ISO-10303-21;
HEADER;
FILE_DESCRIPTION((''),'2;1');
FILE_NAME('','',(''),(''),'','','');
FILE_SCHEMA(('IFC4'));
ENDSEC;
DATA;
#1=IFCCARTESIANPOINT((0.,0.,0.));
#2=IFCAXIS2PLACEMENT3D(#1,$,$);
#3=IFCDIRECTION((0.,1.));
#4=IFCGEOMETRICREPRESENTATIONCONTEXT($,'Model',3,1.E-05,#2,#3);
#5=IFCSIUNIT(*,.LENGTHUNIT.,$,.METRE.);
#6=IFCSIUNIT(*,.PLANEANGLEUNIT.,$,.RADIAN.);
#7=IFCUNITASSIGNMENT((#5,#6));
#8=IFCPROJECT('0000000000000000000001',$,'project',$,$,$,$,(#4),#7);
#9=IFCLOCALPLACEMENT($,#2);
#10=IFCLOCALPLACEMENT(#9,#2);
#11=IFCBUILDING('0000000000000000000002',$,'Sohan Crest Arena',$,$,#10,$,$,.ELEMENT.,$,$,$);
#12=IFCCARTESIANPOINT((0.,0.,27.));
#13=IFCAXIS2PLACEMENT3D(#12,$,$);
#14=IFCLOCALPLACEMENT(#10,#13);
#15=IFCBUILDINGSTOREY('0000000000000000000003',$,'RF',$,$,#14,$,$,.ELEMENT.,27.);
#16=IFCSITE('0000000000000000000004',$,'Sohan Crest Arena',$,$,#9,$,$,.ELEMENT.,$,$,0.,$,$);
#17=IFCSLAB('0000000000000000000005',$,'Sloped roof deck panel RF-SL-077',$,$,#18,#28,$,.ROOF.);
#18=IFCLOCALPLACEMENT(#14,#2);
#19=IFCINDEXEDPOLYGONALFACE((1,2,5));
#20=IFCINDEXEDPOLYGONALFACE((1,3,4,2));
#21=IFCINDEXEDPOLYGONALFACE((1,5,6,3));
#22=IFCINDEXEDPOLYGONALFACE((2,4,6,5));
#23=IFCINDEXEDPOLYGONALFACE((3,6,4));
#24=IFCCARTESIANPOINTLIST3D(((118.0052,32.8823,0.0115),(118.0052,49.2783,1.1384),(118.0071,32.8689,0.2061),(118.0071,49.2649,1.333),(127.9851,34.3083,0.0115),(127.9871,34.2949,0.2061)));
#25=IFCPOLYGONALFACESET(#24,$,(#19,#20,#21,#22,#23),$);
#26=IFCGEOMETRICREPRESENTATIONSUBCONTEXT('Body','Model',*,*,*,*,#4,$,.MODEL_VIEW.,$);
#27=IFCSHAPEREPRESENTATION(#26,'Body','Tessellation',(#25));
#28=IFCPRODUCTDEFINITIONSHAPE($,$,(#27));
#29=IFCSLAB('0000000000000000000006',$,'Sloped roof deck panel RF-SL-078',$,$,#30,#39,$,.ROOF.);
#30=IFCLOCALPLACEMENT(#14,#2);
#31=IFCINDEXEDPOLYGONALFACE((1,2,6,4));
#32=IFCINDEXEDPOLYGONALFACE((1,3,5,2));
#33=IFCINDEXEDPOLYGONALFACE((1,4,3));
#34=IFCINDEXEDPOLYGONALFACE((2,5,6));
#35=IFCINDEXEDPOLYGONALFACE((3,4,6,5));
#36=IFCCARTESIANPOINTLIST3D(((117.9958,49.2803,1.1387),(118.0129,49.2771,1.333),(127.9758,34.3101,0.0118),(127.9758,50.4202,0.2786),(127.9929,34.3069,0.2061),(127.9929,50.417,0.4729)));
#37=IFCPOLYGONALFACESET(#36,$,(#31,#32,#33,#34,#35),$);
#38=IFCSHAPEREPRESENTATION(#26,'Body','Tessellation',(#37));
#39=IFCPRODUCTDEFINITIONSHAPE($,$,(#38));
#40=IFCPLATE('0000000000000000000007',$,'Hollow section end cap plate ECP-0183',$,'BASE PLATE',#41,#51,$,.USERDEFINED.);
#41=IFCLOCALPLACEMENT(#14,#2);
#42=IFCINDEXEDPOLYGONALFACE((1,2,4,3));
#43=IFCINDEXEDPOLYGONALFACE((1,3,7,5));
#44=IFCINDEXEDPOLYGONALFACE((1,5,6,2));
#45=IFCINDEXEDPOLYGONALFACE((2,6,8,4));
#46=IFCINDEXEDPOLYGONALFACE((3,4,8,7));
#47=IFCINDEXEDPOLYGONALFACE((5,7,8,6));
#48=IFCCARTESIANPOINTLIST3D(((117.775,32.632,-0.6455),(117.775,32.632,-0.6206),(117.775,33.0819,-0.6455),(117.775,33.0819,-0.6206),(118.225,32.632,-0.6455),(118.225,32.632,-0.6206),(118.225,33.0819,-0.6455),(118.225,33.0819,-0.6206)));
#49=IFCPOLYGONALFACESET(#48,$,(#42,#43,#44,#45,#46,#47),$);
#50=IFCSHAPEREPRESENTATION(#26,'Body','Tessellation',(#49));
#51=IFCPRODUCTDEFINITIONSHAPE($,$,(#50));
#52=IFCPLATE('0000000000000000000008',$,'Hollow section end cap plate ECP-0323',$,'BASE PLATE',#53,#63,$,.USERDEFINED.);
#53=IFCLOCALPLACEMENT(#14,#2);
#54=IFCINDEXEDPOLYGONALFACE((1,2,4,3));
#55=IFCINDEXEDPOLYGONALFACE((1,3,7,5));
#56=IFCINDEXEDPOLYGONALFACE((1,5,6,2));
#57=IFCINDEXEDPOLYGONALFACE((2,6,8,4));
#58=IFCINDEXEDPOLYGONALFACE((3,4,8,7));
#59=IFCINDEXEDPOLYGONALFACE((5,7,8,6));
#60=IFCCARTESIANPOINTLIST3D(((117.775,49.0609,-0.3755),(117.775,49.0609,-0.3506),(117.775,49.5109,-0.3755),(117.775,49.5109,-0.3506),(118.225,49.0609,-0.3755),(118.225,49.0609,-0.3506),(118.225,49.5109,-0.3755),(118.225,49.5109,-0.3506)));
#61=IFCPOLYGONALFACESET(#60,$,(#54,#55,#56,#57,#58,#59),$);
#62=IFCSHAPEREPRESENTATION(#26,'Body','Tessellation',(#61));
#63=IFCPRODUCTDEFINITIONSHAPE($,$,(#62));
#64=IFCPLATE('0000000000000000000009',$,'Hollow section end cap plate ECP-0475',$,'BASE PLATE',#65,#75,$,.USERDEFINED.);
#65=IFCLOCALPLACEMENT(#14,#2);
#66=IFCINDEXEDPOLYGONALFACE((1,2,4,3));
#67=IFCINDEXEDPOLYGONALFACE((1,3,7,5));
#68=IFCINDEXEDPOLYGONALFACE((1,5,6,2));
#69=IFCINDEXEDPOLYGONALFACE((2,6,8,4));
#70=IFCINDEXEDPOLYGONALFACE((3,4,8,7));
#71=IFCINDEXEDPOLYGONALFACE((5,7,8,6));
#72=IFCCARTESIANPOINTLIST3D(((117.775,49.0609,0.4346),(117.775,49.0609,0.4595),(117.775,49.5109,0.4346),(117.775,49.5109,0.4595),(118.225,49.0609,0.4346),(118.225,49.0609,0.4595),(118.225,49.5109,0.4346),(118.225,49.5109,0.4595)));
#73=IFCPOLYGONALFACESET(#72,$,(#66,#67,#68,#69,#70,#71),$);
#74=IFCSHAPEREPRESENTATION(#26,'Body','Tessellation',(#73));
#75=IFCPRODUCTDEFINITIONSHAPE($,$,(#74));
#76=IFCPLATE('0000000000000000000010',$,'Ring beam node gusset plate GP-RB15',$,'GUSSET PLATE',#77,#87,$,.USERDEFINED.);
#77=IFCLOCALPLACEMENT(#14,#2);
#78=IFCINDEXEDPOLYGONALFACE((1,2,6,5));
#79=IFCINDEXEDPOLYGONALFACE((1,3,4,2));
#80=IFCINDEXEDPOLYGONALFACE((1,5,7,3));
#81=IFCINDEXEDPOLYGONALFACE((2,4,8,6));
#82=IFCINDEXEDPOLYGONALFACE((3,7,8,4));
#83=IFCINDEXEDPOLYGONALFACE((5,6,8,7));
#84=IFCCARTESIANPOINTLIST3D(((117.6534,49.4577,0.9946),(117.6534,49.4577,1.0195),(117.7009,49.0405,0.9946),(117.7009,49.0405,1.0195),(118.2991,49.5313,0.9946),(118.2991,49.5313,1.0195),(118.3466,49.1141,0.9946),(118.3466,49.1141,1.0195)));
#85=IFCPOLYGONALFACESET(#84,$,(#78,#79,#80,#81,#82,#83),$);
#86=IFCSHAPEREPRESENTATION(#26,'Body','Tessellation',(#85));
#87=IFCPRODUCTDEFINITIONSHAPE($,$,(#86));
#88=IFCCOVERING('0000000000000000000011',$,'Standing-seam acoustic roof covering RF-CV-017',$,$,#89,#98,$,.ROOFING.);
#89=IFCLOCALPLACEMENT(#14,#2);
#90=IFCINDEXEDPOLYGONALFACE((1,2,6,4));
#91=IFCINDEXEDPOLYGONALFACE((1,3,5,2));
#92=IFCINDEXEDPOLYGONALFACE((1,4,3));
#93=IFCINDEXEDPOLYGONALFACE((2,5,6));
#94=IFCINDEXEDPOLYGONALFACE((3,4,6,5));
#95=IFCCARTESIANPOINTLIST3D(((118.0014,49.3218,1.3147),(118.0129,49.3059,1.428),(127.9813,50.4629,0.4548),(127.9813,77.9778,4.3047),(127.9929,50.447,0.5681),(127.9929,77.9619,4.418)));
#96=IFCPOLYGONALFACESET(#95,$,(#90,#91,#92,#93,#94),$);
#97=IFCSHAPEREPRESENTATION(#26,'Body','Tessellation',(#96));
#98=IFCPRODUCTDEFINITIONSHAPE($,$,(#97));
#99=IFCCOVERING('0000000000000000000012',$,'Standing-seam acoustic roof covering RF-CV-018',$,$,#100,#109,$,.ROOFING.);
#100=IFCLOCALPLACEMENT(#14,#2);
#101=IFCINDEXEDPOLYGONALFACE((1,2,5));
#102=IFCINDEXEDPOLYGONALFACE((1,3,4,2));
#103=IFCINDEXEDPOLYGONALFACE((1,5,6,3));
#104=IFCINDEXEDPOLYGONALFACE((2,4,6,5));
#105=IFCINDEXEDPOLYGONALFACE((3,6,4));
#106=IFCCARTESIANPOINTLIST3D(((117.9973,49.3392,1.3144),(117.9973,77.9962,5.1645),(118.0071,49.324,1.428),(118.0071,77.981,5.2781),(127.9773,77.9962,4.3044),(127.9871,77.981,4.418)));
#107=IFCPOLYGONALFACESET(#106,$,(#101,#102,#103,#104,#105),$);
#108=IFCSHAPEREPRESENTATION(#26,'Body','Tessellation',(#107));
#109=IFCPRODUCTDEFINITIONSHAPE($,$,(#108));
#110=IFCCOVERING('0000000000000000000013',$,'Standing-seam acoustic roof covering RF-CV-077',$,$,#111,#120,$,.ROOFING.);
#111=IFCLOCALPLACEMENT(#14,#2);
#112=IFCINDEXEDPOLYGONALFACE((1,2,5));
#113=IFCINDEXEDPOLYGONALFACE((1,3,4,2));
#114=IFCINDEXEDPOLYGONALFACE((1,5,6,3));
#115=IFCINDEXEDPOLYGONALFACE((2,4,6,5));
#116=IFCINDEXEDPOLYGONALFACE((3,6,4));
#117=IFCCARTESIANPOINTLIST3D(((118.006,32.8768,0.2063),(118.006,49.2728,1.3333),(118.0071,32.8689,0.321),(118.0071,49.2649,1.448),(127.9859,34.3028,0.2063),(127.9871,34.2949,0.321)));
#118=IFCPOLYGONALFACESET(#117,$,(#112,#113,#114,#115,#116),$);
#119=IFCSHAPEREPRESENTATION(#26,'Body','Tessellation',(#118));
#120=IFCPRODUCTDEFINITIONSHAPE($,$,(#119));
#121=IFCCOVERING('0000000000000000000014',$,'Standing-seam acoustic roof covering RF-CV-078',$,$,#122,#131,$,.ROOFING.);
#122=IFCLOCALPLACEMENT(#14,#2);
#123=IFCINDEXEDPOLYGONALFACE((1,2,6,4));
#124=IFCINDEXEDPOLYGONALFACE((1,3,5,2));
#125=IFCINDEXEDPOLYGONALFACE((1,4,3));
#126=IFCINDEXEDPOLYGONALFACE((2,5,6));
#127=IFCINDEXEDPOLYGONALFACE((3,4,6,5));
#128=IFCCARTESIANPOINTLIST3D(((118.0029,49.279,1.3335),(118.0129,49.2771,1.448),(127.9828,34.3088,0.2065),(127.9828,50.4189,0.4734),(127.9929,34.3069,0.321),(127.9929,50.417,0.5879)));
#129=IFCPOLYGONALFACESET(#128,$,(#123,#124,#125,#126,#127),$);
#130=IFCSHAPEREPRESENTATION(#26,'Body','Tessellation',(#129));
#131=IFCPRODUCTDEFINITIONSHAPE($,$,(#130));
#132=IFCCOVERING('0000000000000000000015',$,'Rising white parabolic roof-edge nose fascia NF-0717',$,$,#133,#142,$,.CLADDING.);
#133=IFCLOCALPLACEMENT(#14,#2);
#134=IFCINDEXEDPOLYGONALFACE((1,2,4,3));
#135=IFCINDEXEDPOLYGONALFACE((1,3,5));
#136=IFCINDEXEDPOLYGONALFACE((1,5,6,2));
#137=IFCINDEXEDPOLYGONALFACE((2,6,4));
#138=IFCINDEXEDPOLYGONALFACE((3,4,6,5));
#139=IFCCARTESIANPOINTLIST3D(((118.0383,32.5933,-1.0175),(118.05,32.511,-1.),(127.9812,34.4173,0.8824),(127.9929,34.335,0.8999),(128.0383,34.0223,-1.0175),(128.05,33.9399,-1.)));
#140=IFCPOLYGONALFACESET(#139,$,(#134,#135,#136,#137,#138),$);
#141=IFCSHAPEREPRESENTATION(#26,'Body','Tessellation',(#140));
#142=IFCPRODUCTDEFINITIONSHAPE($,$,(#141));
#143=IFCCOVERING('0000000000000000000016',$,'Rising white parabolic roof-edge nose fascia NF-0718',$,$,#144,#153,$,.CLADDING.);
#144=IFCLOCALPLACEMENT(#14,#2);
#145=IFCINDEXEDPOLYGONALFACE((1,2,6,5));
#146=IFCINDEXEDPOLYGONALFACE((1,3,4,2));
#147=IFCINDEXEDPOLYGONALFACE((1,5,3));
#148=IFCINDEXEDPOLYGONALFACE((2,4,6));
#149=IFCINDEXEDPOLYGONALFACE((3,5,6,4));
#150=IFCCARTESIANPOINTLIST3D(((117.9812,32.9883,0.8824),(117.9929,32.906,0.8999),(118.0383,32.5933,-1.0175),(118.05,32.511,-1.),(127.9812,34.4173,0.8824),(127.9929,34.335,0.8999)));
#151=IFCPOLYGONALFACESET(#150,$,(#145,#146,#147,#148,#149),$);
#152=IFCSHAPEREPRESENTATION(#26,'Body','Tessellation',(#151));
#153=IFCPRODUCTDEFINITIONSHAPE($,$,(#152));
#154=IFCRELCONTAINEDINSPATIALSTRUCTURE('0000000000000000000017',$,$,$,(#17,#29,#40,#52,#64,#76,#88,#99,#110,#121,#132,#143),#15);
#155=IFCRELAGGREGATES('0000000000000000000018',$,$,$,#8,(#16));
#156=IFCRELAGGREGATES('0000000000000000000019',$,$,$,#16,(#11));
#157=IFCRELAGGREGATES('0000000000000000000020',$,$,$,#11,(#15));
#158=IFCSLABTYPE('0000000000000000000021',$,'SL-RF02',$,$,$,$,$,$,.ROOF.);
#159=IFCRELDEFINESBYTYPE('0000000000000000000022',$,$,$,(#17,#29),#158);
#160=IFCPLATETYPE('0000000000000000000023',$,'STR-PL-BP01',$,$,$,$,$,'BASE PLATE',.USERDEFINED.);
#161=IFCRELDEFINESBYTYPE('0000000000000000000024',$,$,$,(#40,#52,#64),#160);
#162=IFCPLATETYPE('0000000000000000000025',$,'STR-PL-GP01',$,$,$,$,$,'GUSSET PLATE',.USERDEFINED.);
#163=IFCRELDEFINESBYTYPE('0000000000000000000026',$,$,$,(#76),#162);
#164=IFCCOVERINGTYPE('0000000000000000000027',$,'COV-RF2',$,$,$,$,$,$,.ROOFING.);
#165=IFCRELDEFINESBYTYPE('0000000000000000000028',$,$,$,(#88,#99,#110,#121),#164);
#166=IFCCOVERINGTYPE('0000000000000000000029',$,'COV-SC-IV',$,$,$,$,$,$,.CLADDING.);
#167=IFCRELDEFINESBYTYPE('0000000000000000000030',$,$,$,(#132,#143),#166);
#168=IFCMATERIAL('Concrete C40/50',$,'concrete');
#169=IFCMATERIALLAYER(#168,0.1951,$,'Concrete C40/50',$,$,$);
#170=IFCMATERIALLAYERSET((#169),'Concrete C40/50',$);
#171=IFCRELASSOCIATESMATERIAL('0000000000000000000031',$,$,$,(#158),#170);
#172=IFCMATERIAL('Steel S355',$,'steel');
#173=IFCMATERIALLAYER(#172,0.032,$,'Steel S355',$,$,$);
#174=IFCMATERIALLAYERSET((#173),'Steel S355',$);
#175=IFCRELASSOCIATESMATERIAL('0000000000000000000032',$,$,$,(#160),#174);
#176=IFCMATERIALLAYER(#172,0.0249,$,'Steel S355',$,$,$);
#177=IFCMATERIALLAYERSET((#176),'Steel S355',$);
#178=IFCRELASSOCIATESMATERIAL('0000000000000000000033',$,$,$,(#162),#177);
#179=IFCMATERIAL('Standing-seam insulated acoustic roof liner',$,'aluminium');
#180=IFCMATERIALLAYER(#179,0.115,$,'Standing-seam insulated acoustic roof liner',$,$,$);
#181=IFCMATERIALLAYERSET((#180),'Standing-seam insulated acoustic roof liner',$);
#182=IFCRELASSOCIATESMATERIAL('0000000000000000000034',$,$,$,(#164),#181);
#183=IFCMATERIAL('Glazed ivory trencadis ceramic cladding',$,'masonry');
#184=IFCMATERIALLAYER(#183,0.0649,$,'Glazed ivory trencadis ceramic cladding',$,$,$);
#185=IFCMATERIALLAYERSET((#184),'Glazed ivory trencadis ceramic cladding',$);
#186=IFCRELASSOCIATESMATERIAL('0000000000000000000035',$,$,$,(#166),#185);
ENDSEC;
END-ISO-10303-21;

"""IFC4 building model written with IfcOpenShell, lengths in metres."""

from ifc_helpers import new_model, si_unit, direction, frame, origin, origin_2d, place, context, subcontext, project, spatial, polyline, rectangle, outline, extrude, material, layer, layer_set, type_object, element, save


model = new_model("IFC4")

# Units and contexts
model_context = context("Model", 3, precision=1e-05, world=origin(), true_north=direction((0.0, 1.0)))
body_context = subcontext(model_context, "Body", "Model", "MODEL_VIEW")
ifc_project = project(units=[si_unit("LENGTHUNIT", "METRE"), si_unit("PLANEANGLEUNIT", "RADIAN")], contexts=[model_context])

# Site, building, storey
site_placement = place(None, origin())
site = spatial("IfcSite", under=ifc_project, at=site_placement, Name="Sohan Crest Arena", CompositionType="ELEMENT", RefElevation=0.0)
building_placement = place(site_placement, origin())
building = spatial("IfcBuilding", under=site, at=building_placement, Name="Sohan Crest Arena", CompositionType="ELEMENT")
storey_placement = place(building_placement, frame((0.0, 0.0, 27.0)))
storey = spatial("IfcBuildingStorey", under=building, at=storey_placement, Name="RF", CompositionType="ELEMENT", Elevation=27.0)

# Shared definitions
ifc_material_1 = material(Name="Concrete C40/50", Category="concrete")

# Shared definitions
ifc_material_2 = material(Name="Steel S355", Category="steel")

# Slabs
ifc_layer_1 = layer(ifc_material_1, 0.1951, Name="Concrete C40/50")
ifc_layer_set_1 = layer_set([ifc_layer_1], Name="Concrete C40/50")
slab_type_1 = type_object("IfcSlabType", Name="SL-RF02", PredefinedType="ROOF", material=ifc_layer_set_1)
slab_1_placement = place(storey_placement, frame((118.0071, 49.2649, 1.333), z_axis=(0.009798, -0.068568, 0.997598), x_axis=(0.0, -0.997646, -0.068572)))
element("IfcSlab", 1, at=slab_1_placement, inside=storey, type_object=slab_type_1, Name="Sloped roof deck panel RF-SL-077", PredefinedType="ROOF", context=body_context, shape_type="SweptSolid", body=[
    extrude(outline(polyline([(0.0, 0.0), (16.4347, 0.0), (15.012, 9.9805), (0.0, 0.0)])), origin(), (0.0, 0.0, -1.0), 0.1951),
])
slab_2_placement = place(storey_placement, frame((118.0129, 49.2771, 1.333), z_axis=(0.087724, -0.016498, 0.996008), x_axis=(0.553609, -0.830427, -0.062514)))
element("IfcSlab", 2, at=slab_2_placement, inside=storey, type_object=slab_type_1, Name="Sloped roof deck panel RF-SL-078", PredefinedType="ROOF", context=body_context, shape_type="SweptSolid", body=[
    extrude(outline(polyline([(0.0, 0.0), (18.0271, 0.0), (4.6322, 8.9544), (0.0, 0.0)])), origin(), (0.0, 0.0, -1.0), 0.1951),
])

# Plates
ifc_layer_2 = layer(ifc_material_2, 0.032, Name="Steel S355")
ifc_layer_set_2 = layer_set([ifc_layer_2], Name="Steel S355")
plate_type_1 = type_object("IfcPlateType", Name="STR-PL-BP01", ElementType="BASE PLATE", PredefinedType="USERDEFINED", material=ifc_layer_set_2)
for number, where, z_axis, x_axis, name in (
    (3, (118.0, 32.8569, -0.6455), (0.0, 0.0, 1.0), (1.0, 0.0, 0.0), "Hollow section end cap plate ECP-0183"),
    (4, (118.0, 49.2859, -0.3755), (0.0, 0.0, 1.0), (1.0, 0.0, 0.0), "Hollow section end cap plate ECP-0323"),
    (5, (118.0, 49.2859, 0.4346), (0.0, 0.0, 1.0), (1.0, 0.0, 0.0), "Hollow section end cap plate ECP-0475"),
):
    element("IfcPlate", number, at=place(storey_placement, frame(where, z_axis=z_axis, x_axis=x_axis)), inside=storey, type_object=plate_type_1, Name=name, ObjectType="BASE PLATE", PredefinedType="USERDEFINED", context=body_context, shape_type="SweptSolid", body=[
        extrude(rectangle(XDim=0.45, YDim=0.45, at=origin_2d()), origin(), (0.0, 0.0, 1.0), 0.0249),
    ])
ifc_layer_3 = layer(ifc_material_2, 0.0249, Name="Steel S355")
ifc_layer_set_3 = layer_set([ifc_layer_3], Name="Steel S355")
plate_type_2 = type_object("IfcPlateType", Name="STR-PL-GP01", ElementType="GUSSET PLATE", PredefinedType="USERDEFINED", material=ifc_layer_set_3)
plate_placement = place(storey_placement, frame((118.0, 49.2859, 0.9946), z_axis=(0.0, 0.0, 1.0), x_axis=(0.993572, 0.113203, 0.0)))
element("IfcPlate", 6, at=plate_placement, inside=storey, type_object=plate_type_2, Name="Ring beam node gusset plate GP-RB15", ObjectType="GUSSET PLATE", PredefinedType="USERDEFINED", context=body_context, shape_type="SweptSolid", body=[
    extrude(rectangle(XDim=0.6499, YDim=0.4199, at=origin_2d()), origin(), (0.0, 0.0, 1.0), 0.0249),
])

# Coverings
ifc_material_3 = material(Name="Standing-seam insulated acoustic roof liner", Category="aluminium")
ifc_layer_4 = layer(ifc_material_3, 0.115, Name="Standing-seam insulated acoustic roof liner")
ifc_layer_set_4 = layer_set([ifc_layer_4], Name="Standing-seam insulated acoustic roof liner")
covering_type_1 = type_object("IfcCoveringType", Name="COV-RF2", PredefinedType="ROOFING", material=ifc_layer_set_4)
covering_1_placement = place(storey_placement, frame((118.0129, 49.3059, 1.428), z_axis=(0.100658, -0.137865, 0.985323), x_axis=(0.989906, 0.113186, -0.085289)))
element("IfcCovering", 7, at=covering_1_placement, inside=storey, type_object=covering_type_1, Name="Standing-seam acoustic roof covering RF-CV-017", PredefinedType="ROOFING", context=body_context, shape_type="SweptSolid", body=[
    extrude(outline(polyline([(0.0, 0.0), (10.0817, 0.0), (12.8677, 27.6429), (0.0, 0.0)])), origin(), (0.0, 0.0, -1.0), 0.115),
])
covering_2_placement = place(storey_placement, frame((118.0071, 49.324, 1.428), z_axis=(0.085106, -0.132672, 0.987499), x_axis=(0.327298, 0.939819, 0.098058)))
element("IfcCovering", 8, at=covering_2_placement, inside=storey, type_object=covering_type_1, Name="Standing-seam acoustic roof covering RF-CV-018", PredefinedType="ROOFING", context=body_context, shape_type="SweptSolid", body=[
    extrude(outline(polyline([(0.0, 0.0), (30.492, 0.0), (27.3099, 9.4981), (0.0, 0.0)])), origin(), (0.0, 0.0, -1.0), 0.115),
])
covering_3_placement = place(storey_placement, frame((118.0071, 49.2649, 1.448), z_axis=(0.009798, -0.068568, 0.997598), x_axis=(0.0, -0.997646, -0.068572)))
element("IfcCovering", 9, at=covering_3_placement, inside=storey, type_object=covering_type_1, Name="Standing-seam acoustic roof covering RF-CV-077", PredefinedType="ROOFING", context=body_context, shape_type="SweptSolid", body=[
    extrude(outline(polyline([(0.0, 0.0), (16.4347, 0.0), (15.012, 9.9805), (0.0, 0.0)])), origin(), (0.0, 0.0, -1.0), 0.115),
])
covering_4_placement = place(storey_placement, frame((118.0129, 49.2771, 1.448), z_axis=(0.087724, -0.016498, 0.996008), x_axis=(0.553609, -0.830427, -0.062514)))
element("IfcCovering", 10, at=covering_4_placement, inside=storey, type_object=covering_type_1, Name="Standing-seam acoustic roof covering RF-CV-078", PredefinedType="ROOFING", context=body_context, shape_type="SweptSolid", body=[
    extrude(outline(polyline([(0.0, 0.0), (18.0271, 0.0), (4.6322, 8.9544), (0.0, 0.0)])), origin(), (0.0, 0.0, -1.0), 0.115),
])
ifc_material_4 = material(Name="Glazed ivory trencadis ceramic cladding", Category="masonry")
ifc_layer_5 = layer(ifc_material_4, 0.0649, Name="Glazed ivory trencadis ceramic cladding")
ifc_layer_set_5 = layer_set([ifc_layer_5], Name="Glazed ivory trencadis ceramic cladding")
covering_type_2 = type_object("IfcCoveringType", Name="COV-SC-IV", PredefinedType="CLADDING", material=ifc_layer_set_5)
covering_5_placement = place(storey_placement, frame((118.05, 32.511, -1.0), z_axis=(0.138437, -0.968797, 0.205591), x_axis=(0.989944, 0.141459, 0.0)))
element("IfcCovering", 11, at=covering_5_placement, inside=storey, type_object=covering_type_2, Name="Rising white parabolic roof-edge nose fascia NF-0717", PredefinedType="CLADDING", context=body_context, shape_type="SweptSolid", body=[
    extrude(outline(polyline([(0.0, 0.0), (10.1016, 0.0), (10.1009, 1.9414), (0.0, 0.0)])), origin(), (0.0, 0.0, -1.0), 0.085),
])
covering_6_placement = place(storey_placement, frame((118.05, 32.511, -1.0), z_axis=(0.138437, -0.968797, 0.205591), x_axis=(0.966662, 0.17733, 0.184712)))
element("IfcCovering", 12, at=covering_6_placement, inside=storey, type_object=covering_type_2, Name="Rising white parabolic roof-edge nose fascia NF-0718", PredefinedType="CLADDING", context=body_context, shape_type="SweptSolid", body=[
    extrude(outline(polyline([(0.0, 0.0), (10.2858, 0.0), (0.3658, 1.9066), (0.0, 0.0)])), origin(), (0.0, 0.0, -1.0), 0.085),
])

save(model, "model.ifc")
